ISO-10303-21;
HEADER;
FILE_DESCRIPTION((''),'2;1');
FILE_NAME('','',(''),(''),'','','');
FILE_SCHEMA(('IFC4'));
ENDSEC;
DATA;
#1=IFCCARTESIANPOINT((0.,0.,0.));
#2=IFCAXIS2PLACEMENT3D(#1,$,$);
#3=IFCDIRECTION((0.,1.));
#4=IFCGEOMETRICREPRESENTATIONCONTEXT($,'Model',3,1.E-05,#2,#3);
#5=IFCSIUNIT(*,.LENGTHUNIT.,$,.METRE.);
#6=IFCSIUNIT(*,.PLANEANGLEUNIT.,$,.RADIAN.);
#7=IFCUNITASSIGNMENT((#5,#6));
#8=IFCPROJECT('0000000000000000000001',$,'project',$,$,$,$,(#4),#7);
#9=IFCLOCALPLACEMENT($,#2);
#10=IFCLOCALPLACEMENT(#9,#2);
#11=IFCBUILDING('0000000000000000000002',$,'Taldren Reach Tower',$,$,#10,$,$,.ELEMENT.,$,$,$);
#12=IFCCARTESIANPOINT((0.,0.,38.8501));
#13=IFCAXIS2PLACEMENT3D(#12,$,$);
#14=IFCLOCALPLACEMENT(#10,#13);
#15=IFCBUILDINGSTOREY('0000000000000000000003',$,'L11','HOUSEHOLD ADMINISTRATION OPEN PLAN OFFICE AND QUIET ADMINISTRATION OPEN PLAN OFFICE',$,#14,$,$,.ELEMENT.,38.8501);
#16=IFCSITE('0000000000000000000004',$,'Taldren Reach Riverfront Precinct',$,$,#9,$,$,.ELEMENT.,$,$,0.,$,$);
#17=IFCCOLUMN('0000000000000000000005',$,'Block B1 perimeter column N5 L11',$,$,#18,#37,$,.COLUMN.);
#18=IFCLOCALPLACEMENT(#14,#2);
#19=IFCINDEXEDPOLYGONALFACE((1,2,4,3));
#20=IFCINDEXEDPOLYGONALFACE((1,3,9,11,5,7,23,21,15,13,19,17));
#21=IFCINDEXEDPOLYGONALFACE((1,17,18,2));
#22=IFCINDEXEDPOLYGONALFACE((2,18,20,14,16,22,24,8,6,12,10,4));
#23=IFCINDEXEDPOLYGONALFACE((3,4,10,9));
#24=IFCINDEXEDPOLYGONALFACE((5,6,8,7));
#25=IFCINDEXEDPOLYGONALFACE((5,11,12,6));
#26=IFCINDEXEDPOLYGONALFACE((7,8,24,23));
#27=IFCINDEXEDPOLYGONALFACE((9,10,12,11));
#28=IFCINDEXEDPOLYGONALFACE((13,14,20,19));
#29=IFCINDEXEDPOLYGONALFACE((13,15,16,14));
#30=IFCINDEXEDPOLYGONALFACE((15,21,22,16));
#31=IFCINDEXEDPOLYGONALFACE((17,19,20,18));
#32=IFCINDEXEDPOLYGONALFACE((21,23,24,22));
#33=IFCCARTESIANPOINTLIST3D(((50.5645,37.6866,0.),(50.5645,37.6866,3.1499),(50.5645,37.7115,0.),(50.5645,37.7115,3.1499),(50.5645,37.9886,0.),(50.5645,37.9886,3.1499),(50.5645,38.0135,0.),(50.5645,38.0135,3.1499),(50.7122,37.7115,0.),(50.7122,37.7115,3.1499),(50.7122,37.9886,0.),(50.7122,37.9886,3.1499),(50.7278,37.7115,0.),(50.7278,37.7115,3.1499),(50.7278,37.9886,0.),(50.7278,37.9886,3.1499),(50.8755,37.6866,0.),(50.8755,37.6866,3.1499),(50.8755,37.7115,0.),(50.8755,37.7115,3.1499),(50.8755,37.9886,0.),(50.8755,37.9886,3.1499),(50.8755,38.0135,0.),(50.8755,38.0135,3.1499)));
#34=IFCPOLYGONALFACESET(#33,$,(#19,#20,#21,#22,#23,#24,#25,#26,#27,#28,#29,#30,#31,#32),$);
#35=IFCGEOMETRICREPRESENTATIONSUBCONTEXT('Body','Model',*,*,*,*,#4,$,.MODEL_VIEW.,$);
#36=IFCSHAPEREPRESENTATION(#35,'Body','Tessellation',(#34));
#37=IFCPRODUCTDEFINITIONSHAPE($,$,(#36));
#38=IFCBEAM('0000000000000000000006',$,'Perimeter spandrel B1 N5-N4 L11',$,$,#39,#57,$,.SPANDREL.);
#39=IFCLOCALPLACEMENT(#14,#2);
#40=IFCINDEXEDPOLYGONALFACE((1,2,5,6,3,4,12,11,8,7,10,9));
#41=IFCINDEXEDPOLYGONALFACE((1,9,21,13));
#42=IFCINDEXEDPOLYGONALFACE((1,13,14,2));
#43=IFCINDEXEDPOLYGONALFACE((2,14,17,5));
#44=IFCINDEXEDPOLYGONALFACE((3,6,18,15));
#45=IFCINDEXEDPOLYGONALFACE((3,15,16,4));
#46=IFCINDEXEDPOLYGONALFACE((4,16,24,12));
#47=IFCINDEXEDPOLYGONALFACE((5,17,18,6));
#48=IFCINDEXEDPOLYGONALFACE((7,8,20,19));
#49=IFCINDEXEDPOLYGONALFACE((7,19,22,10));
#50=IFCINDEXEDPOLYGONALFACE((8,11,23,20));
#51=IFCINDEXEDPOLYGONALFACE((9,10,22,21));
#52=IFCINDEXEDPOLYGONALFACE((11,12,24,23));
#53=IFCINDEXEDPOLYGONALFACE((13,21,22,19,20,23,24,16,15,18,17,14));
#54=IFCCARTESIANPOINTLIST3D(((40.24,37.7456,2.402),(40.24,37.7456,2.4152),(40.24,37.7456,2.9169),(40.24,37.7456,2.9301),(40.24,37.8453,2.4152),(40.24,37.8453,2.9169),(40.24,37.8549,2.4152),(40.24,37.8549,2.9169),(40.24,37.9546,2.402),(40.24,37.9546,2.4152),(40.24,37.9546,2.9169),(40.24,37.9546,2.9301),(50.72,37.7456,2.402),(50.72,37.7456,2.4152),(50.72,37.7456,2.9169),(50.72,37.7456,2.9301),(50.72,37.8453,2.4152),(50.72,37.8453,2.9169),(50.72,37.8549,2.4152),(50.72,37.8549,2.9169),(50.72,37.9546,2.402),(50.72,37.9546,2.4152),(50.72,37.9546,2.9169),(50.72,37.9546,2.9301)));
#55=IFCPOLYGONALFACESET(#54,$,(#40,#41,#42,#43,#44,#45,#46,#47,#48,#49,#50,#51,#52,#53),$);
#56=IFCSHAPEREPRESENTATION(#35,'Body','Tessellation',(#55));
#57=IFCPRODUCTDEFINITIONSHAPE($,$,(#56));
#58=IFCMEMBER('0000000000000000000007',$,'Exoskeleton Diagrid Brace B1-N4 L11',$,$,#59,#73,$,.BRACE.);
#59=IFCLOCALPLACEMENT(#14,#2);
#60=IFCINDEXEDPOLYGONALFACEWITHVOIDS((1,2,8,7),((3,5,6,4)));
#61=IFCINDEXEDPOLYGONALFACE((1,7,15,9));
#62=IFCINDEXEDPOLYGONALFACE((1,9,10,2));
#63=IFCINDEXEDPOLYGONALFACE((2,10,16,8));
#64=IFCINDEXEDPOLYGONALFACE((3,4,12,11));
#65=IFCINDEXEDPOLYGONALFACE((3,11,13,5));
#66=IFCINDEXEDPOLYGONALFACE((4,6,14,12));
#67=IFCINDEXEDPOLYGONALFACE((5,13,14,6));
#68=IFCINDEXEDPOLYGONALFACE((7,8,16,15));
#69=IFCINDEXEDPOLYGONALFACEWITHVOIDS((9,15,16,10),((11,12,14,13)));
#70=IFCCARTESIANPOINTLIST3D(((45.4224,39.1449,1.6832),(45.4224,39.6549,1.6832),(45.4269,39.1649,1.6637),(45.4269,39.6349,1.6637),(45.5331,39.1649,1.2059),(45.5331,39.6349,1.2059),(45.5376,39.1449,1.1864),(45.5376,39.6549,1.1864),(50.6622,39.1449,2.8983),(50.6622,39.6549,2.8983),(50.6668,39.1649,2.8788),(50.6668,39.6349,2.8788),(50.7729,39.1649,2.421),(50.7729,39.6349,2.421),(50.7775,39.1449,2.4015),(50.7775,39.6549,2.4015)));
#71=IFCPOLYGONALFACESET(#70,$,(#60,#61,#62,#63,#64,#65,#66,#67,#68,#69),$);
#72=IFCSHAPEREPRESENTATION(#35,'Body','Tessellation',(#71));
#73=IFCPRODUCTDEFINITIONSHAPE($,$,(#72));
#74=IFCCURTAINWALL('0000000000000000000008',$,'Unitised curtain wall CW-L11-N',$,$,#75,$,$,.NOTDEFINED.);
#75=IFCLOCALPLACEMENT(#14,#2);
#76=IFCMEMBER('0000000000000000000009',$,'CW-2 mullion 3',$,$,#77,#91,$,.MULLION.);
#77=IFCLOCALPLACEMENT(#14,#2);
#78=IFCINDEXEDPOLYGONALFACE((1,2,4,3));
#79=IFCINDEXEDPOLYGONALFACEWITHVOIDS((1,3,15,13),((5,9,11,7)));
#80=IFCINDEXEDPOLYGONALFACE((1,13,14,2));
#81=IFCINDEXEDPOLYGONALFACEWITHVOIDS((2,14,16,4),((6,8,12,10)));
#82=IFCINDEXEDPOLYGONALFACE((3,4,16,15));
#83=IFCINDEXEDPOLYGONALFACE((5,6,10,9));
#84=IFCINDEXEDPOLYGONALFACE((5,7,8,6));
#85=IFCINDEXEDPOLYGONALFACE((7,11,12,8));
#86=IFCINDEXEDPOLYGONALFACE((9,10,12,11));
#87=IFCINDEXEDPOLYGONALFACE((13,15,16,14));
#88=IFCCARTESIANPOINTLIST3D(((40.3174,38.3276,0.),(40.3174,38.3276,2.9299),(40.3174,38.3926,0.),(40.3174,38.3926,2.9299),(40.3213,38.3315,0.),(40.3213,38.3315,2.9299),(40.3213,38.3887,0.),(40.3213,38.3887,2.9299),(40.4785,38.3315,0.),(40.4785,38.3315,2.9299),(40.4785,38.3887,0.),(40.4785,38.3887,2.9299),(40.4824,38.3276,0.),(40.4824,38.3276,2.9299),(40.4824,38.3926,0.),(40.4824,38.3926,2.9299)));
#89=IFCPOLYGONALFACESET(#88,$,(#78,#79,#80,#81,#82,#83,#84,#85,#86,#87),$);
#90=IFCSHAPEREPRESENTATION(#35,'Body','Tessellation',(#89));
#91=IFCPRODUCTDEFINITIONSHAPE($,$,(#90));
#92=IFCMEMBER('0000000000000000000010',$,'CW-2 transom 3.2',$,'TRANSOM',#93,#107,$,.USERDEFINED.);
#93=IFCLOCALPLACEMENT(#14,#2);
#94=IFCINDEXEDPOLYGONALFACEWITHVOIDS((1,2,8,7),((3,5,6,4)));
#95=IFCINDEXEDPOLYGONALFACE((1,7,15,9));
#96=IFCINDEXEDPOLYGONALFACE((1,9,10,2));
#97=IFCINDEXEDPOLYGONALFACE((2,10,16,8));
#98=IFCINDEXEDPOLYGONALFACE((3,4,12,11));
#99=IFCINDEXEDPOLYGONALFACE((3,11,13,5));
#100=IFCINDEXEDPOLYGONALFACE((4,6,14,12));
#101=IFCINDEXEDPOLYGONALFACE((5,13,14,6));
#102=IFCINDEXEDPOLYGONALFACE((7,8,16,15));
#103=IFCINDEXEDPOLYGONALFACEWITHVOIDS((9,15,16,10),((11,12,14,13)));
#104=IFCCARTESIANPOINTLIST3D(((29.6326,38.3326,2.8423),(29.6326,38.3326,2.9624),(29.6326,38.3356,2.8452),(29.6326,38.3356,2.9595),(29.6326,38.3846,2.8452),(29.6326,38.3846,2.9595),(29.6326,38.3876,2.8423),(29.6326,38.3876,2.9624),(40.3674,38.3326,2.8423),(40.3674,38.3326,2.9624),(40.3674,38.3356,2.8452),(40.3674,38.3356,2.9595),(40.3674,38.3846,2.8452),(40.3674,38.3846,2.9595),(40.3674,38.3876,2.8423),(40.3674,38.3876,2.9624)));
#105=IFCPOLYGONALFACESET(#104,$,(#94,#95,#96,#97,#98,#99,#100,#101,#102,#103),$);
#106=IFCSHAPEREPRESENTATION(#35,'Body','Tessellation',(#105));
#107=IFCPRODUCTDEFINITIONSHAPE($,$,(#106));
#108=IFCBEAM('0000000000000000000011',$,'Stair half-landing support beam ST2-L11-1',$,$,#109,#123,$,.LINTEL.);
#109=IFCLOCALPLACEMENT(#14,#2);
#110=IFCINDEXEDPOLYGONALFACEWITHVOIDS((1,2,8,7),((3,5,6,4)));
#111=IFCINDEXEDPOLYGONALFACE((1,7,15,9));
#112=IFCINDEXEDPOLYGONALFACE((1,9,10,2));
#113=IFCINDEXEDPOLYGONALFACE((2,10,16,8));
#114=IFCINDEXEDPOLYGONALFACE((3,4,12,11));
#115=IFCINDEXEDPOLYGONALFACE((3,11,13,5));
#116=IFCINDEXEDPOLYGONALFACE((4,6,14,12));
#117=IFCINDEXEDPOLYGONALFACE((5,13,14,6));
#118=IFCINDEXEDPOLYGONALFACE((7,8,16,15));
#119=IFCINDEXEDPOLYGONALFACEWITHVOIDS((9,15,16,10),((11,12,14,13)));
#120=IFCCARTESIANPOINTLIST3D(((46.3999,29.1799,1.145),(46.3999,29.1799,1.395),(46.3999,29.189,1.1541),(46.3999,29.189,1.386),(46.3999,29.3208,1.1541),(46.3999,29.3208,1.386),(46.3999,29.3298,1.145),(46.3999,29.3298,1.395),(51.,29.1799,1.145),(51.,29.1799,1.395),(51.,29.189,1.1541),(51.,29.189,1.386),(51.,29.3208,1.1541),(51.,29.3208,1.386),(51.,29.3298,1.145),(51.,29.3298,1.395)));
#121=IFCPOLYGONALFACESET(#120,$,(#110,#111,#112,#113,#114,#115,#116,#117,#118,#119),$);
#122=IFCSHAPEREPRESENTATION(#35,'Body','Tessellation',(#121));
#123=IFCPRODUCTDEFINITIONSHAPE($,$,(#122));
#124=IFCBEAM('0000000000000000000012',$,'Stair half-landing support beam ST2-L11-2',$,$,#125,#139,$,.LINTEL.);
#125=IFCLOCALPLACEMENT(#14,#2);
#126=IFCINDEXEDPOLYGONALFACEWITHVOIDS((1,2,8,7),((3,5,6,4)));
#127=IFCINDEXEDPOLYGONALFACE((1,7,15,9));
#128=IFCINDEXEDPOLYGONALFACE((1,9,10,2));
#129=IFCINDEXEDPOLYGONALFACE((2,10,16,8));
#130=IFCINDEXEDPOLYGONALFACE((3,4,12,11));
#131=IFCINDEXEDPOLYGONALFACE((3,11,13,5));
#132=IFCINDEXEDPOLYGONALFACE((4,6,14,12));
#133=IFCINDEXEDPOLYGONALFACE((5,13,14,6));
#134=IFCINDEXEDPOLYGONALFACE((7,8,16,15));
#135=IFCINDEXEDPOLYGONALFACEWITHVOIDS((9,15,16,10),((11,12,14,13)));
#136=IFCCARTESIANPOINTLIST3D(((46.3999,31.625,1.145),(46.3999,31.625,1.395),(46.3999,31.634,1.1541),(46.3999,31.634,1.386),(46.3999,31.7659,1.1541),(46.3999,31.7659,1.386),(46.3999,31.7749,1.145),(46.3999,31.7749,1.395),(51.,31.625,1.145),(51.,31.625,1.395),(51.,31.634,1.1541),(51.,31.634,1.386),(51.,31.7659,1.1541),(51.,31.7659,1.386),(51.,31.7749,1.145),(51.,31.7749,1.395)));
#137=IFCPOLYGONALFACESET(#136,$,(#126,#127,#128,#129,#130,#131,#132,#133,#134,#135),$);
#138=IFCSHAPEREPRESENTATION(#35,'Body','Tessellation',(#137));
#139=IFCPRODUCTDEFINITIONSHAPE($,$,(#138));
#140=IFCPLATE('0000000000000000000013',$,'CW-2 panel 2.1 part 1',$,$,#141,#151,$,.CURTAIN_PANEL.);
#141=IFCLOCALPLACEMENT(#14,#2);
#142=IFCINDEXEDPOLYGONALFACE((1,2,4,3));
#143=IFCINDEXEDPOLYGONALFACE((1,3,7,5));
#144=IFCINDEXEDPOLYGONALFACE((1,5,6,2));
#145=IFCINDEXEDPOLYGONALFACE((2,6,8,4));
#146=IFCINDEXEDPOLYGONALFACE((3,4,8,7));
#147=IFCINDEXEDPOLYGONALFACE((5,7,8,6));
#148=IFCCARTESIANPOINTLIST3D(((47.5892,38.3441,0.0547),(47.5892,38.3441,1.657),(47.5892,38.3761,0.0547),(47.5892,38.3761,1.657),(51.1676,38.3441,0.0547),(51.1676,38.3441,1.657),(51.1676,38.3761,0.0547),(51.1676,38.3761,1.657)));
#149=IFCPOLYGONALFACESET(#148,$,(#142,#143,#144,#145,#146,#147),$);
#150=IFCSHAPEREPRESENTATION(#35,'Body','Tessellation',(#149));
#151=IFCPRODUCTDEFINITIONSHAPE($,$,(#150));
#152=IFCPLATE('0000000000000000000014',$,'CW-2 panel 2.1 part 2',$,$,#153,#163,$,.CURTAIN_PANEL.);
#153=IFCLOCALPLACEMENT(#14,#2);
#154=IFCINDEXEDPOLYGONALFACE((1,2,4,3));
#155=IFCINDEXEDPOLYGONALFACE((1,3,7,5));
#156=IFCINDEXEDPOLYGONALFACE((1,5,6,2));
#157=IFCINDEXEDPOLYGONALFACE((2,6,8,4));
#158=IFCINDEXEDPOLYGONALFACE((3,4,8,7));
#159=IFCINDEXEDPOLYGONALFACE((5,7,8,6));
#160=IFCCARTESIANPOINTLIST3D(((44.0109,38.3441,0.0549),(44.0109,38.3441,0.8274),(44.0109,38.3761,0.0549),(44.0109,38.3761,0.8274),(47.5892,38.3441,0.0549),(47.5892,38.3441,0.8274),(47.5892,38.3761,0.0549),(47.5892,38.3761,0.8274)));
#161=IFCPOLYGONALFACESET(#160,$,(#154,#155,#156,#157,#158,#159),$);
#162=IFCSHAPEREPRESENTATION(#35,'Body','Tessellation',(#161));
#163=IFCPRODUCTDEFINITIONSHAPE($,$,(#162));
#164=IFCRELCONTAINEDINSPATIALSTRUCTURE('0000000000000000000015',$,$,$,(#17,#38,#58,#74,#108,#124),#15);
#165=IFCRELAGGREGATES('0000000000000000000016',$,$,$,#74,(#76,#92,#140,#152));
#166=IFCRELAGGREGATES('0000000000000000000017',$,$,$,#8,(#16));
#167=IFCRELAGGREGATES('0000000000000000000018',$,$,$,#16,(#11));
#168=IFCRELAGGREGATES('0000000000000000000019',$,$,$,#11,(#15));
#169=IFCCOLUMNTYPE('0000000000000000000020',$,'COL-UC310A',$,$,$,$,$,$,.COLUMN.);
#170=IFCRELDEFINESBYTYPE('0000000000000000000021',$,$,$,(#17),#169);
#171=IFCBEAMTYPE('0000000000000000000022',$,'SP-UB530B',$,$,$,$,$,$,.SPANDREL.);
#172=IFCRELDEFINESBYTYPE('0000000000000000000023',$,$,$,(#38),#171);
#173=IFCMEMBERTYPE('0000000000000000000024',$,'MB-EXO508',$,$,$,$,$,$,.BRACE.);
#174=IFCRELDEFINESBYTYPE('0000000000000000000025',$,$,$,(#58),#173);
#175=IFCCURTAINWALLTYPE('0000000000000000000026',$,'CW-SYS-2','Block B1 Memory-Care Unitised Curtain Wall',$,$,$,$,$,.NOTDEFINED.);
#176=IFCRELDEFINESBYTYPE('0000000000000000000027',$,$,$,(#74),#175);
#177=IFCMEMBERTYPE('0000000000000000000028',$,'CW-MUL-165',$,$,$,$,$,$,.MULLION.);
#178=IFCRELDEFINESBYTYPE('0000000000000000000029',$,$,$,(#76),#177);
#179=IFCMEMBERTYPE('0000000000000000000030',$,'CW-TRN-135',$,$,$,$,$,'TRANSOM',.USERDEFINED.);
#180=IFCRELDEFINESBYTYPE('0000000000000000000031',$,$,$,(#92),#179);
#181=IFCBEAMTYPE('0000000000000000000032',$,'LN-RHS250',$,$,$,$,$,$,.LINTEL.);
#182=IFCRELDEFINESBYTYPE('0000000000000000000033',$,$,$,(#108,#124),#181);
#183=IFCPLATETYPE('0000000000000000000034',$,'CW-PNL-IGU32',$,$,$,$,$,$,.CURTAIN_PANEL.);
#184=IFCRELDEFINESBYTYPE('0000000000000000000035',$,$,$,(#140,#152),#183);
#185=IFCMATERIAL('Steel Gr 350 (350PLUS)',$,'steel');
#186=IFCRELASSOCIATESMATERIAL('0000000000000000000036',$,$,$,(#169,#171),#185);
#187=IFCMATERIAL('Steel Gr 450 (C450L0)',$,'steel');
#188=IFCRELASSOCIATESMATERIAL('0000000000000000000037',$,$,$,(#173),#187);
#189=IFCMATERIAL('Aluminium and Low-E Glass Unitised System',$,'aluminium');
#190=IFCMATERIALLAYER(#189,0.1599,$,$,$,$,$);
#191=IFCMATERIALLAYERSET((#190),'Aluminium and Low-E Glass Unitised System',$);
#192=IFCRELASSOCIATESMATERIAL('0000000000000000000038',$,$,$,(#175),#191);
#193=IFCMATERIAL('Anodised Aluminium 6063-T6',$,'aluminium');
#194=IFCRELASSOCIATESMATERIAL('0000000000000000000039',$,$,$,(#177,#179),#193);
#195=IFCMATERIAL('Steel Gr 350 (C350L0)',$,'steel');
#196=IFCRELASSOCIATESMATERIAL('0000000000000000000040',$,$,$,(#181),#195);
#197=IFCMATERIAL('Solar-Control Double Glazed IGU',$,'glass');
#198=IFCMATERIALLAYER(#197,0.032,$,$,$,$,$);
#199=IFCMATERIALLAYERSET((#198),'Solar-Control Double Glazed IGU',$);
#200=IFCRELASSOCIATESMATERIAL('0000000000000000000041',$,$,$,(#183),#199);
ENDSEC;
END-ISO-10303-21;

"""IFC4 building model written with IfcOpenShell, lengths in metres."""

from ifc_helpers import new_model, si_unit, direction, frame, origin, origin_2d, place, context, subcontext, project, spatial, rectangle, hollow_rectangle, i_section, extrude, source, transform, mapped, material, layer, layer_set, material_profile, profile_set, type_object, element, aggregate, save


model = new_model("IFC4")

# Units and contexts
model_context = context("Model", 3, precision=1e-05, world=origin(), true_north=direction((0.0, 1.0)))
body_context = subcontext(model_context, "Body", "Model", "MODEL_VIEW")
ifc_project = project(units=[si_unit("LENGTHUNIT", "METRE"), si_unit("PLANEANGLEUNIT", "RADIAN")], contexts=[model_context])

# Site, building, storey
site_placement = place(None, origin())
site = spatial("IfcSite", under=ifc_project, at=site_placement, Name="Taldren Reach Riverfront Precinct", CompositionType="ELEMENT", RefElevation=0.0)
building_placement = place(site_placement, origin())
building = spatial("IfcBuilding", under=site, at=building_placement, Name="Taldren Reach Tower", CompositionType="ELEMENT")
storey_placement = place(building_placement, frame((0.0, 0.0, 38.8501)))
storey = spatial("IfcBuildingStorey", under=building, at=storey_placement, Name="L11", Description="HOUSEHOLD ADMINISTRATION OPEN PLAN OFFICE AND QUIET ADMINISTRATION OPEN PLAN OFFICE", CompositionType="ELEMENT", Elevation=38.8501)

# Column
ifc_material_1 = material(Name="Steel Gr 350 (350PLUS)", Category="steel")
ifc_material_profile_1 = material_profile(ifc_material_1, i_section(OverallWidth=0.311, OverallDepth=0.3269, WebThickness=0.0156, FlangeThickness=0.0249, at=origin_2d()), Name="310UC158")
ifc_profile_set_1 = profile_set([ifc_material_profile_1], Name="Steel Gr 350 (350PLUS)")
column_type = type_object("IfcColumnType", Name="COL-UC310A", PredefinedType="COLUMN", material=ifc_profile_set_1)
shared_shape_1 = source(origin(), body_context, "Body", "SweptSolid", [
    extrude(i_section(OverallWidth=0.311, OverallDepth=0.3269, WebThickness=0.0156, FlangeThickness=0.0249, at=origin_2d()), origin(), (0.0, 0.0, 1.0), 3.1499),
])
column_placement = place(storey_placement, frame((50.72, 37.8501, 0.0), z_axis=(0.0, 0.0, 1.0), x_axis=(1.0, 0.0, 0.0)))
element("IfcColumn", 1, at=column_placement, inside=storey, type_object=column_type, Name="Block B1 perimeter column N5 L11", PredefinedType="COLUMN", context=body_context, shape_type="MappedRepresentation", body=[
    mapped(shared_shape_1, transform((0.0, 0.0, 0.0), scale=1.0)),
])

# Beam
ifc_material_profile_2 = material_profile(ifc_material_1, i_section(OverallWidth=0.209, OverallDepth=0.5281, WebThickness=0.0095, FlangeThickness=0.0132, at=origin_2d()), Name="530UB82.0")
ifc_profile_set_2 = profile_set([ifc_material_profile_2], Name="Steel Gr 350 (350PLUS)")
beam_type_1 = type_object("IfcBeamType", Name="SP-UB530B", PredefinedType="SPANDREL", material=ifc_profile_set_2)
shared_shape_2 = source(origin(), body_context, "Body", "SweptSolid", [
    extrude(i_section(OverallWidth=0.209, OverallDepth=0.5281, WebThickness=0.0095, FlangeThickness=0.0132, at=origin_2d()), origin(), (0.0, 0.0, 1.0), 10.48),
])
beam_placement = place(storey_placement, frame((50.72, 37.8501, 2.666), z_axis=(-1.0, 0.0, 0.0), x_axis=(0.0, -1.0, 0.0)))
element("IfcBeam", 2, at=beam_placement, inside=storey, type_object=beam_type_1, Name="Perimeter spandrel B1 N5-N4 L11", PredefinedType="SPANDREL", context=body_context, shape_type="MappedRepresentation", body=[
    mapped(shared_shape_2, transform((0.0, 0.0, 0.0), scale=1.0)),
])

# Member
ifc_material_2 = material(Name="Steel Gr 450 (C450L0)", Category="steel")
ifc_material_profile_3 = material_profile(ifc_material_2, hollow_rectangle(XDim=0.51, YDim=0.51, WallThickness=0.02, at=origin_2d()), Name="510x510x20.0SHS")
ifc_profile_set_3 = profile_set([ifc_material_profile_3], Name="Steel Gr 450 (C450L0)")
member_type_1 = type_object("IfcMemberType", Name="MB-EXO508", PredefinedType="BRACE", material=ifc_profile_set_3)
shared_shape_3 = source(origin(), body_context, "Body", "SweptSolid", [
    extrude(hollow_rectangle(XDim=0.51, YDim=0.51, WallThickness=0.02, at=origin_2d()), origin(), (0.0, 0.0, 1.0), 5.3789),
])
member_1_placement = place(storey_placement, frame((45.48, 39.3999, 1.4348), z_axis=(0.974152, 0.0, 0.225894), x_axis=(0.0, 1.0, 0.0)))
element("IfcMember", 3, at=member_1_placement, inside=storey, type_object=member_type_1, Name="Exoskeleton Diagrid Brace B1-N4 L11", PredefinedType="BRACE", context=body_context, shape_type="MappedRepresentation", body=[
    mapped(shared_shape_3, transform((0.0, 0.0, 0.0), scale=1.0)),
])

# Curtain wall, members
ifc_material_3 = material(Name="Aluminium and Low-E Glass Unitised System", Category="aluminium")
ifc_layer_1 = layer(ifc_material_3, 0.1599)
ifc_layer_set_1 = layer_set([ifc_layer_1], Name="Aluminium and Low-E Glass Unitised System")
curtain_wall_type = type_object("IfcCurtainWallType", Name="CW-SYS-2", Description="Block B1 Memory-Care Unitised Curtain Wall", PredefinedType="NOTDEFINED", material=ifc_layer_set_1)
curtain_wall_placement = place(storey_placement, origin())
curtain_wall = element("IfcCurtainWall", 4, at=curtain_wall_placement, inside=storey, type_object=curtain_wall_type, Name="Unitised curtain wall CW-L11-N", PredefinedType="NOTDEFINED")
ifc_material_4 = material(Name="Anodised Aluminium 6063-T6", Category="aluminium")
ifc_material_profile_4 = material_profile(ifc_material_4, hollow_rectangle(XDim=0.0649, YDim=0.165, WallThickness=0.0039, at=origin_2d()), Name="ALU-165x65x4RHS")
ifc_profile_set_4 = profile_set([ifc_material_profile_4], Name="Anodised Aluminium 6063-T6")
member_type_2 = type_object("IfcMemberType", Name="CW-MUL-165", PredefinedType="MULLION", material=ifc_profile_set_4)
shared_shape_4 = source(origin(), body_context, "Body", "SweptSolid", [
    extrude(hollow_rectangle(XDim=0.0649, YDim=0.165, WallThickness=0.0039, at=origin_2d()), origin(), (0.0, 0.0, 1.0), 2.9299),
])
member_2_placement = place(storey_placement, frame((40.3999, 38.3601, 0.0), z_axis=(0.0, 0.0, 1.0), x_axis=(0.0, -1.0, 0.0)))
member_2 = element("IfcMember", 5, at=member_2_placement, type_object=member_type_2, Name="CW-2 mullion 3", PredefinedType="MULLION", context=body_context, shape_type="MappedRepresentation", body=[
    mapped(shared_shape_4, transform((0.0, 0.0, 0.0), scale=1.0)),
])
ifc_material_profile_5 = material_profile(ifc_material_4, hollow_rectangle(XDim=0.0549, YDim=0.1201, WallThickness=0.0029, at=origin_2d()), Name="ALU-120x55x3RHS")
ifc_profile_set_5 = profile_set([ifc_material_profile_5], Name="Anodised Aluminium 6063-T6")
member_type_3 = type_object("IfcMemberType", Name="CW-TRN-135", ElementType="TRANSOM", PredefinedType="USERDEFINED", material=ifc_profile_set_5)
shared_shape_5 = source(origin(), body_context, "Body", "SweptSolid", [
    extrude(hollow_rectangle(XDim=0.0549, YDim=0.1201, WallThickness=0.0029, at=origin_2d()), origin(), (0.0, 0.0, 1.0), 10.7349),
])
member_3_placement = place(storey_placement, frame((40.3674, 38.3601, 2.9023), z_axis=(-1.0, 0.0, 0.0), x_axis=(0.0, -1.0, 0.0)))
member_3 = element("IfcMember", 6, at=member_3_placement, type_object=member_type_3, Name="CW-2 transom 3.2", ObjectType="TRANSOM", PredefinedType="USERDEFINED", context=body_context, shape_type="MappedRepresentation", body=[
    mapped(shared_shape_5, transform((0.0, 0.0, 0.0), scale=1.0)),
])

# Beams
ifc_material_5 = material(Name="Steel Gr 350 (C350L0)", Category="steel")
ifc_material_profile_6 = material_profile(ifc_material_5, hollow_rectangle(XDim=0.1499, YDim=0.25, WallThickness=0.009, at=origin_2d()), Name="250x150x9.0RHS")
ifc_profile_set_6 = profile_set([ifc_material_profile_6], Name="Steel Gr 350 (C350L0)")
beam_type_2 = type_object("IfcBeamType", Name="LN-RHS250", PredefinedType="LINTEL", material=ifc_profile_set_6)
shared_shape_6 = source(origin(), body_context, "Body", "SweptSolid", [
    extrude(hollow_rectangle(XDim=0.1499, YDim=0.25, WallThickness=0.009, at=origin_2d()), origin(), (0.0, 0.0, 1.0), 4.6001),
])
for number, where, z_axis, x_axis, name in (
    (7, (46.3999, 29.2549, 1.27), (1.0, 0.0, 0.0), (0.0, 1.0, 0.0), "Stair half-landing support beam ST2-L11-1"),
    (8, (46.3999, 31.7, 1.27), (1.0, 0.0, 0.0), (0.0, 1.0, 0.0), "Stair half-landing support beam ST2-L11-2"),
):
    element("IfcBeam", number, at=place(storey_placement, frame(where, z_axis=z_axis, x_axis=x_axis)), inside=storey, type_object=beam_type_2, Name=name, PredefinedType="LINTEL", context=body_context, shape_type="MappedRepresentation", body=[
        mapped(shared_shape_6, transform((0.0, 0.0, 0.0), scale=1.0)),
    ])

# Plates
ifc_material_6 = material(Name="Solar-Control Double Glazed IGU", Category="glass")
ifc_layer_2 = layer(ifc_material_6, 0.032)
ifc_layer_set_2 = layer_set([ifc_layer_2], Name="Solar-Control Double Glazed IGU")
plate_type = type_object("IfcPlateType", Name="CW-PNL-IGU32", PredefinedType="CURTAIN_PANEL", material=ifc_layer_set_2)
shared_shape_7 = source(origin(), body_context, "Body", "SweptSolid", [
    extrude(rectangle(XDim=3.5784, YDim=0.032, at=origin_2d()), origin(), (0.0, 0.0, 1.0), 1.6023),
])
plate_1_placement = place(storey_placement, frame((49.3784, 38.3601, 0.0547), z_axis=(0.0, 0.0, 1.0), x_axis=(-1.0, 0.0, 0.0)))
plate_1 = element("IfcPlate", 9, at=plate_1_placement, type_object=plate_type, Name="CW-2 panel 2.1 part 1", PredefinedType="CURTAIN_PANEL", context=body_context, shape_type="MappedRepresentation", body=[
    mapped(shared_shape_7, transform((0.0, 0.0, 0.0), scale=1.0)),
])
shared_shape_8 = source(origin(), body_context, "Body", "SweptSolid", [
    extrude(rectangle(XDim=3.5784, YDim=0.032, at=origin_2d()), origin(), (0.0, 0.0, 1.0), 0.7725),
])
plate_2_placement = place(storey_placement, frame((45.8, 38.3601, 0.0549), z_axis=(0.0, 0.0, 1.0), x_axis=(-1.0, 0.0, 0.0)))
plate_2 = element("IfcPlate", 10, at=plate_2_placement, type_object=plate_type, Name="CW-2 panel 2.1 part 2", PredefinedType="CURTAIN_PANEL", context=body_context, shape_type="MappedRepresentation", body=[
    mapped(shared_shape_8, transform((0.0, 0.0, 0.0), scale=1.0)),
])
aggregate(curtain_wall, [member_2, member_3, plate_1, plate_2])

save(model, "model.ifc")
